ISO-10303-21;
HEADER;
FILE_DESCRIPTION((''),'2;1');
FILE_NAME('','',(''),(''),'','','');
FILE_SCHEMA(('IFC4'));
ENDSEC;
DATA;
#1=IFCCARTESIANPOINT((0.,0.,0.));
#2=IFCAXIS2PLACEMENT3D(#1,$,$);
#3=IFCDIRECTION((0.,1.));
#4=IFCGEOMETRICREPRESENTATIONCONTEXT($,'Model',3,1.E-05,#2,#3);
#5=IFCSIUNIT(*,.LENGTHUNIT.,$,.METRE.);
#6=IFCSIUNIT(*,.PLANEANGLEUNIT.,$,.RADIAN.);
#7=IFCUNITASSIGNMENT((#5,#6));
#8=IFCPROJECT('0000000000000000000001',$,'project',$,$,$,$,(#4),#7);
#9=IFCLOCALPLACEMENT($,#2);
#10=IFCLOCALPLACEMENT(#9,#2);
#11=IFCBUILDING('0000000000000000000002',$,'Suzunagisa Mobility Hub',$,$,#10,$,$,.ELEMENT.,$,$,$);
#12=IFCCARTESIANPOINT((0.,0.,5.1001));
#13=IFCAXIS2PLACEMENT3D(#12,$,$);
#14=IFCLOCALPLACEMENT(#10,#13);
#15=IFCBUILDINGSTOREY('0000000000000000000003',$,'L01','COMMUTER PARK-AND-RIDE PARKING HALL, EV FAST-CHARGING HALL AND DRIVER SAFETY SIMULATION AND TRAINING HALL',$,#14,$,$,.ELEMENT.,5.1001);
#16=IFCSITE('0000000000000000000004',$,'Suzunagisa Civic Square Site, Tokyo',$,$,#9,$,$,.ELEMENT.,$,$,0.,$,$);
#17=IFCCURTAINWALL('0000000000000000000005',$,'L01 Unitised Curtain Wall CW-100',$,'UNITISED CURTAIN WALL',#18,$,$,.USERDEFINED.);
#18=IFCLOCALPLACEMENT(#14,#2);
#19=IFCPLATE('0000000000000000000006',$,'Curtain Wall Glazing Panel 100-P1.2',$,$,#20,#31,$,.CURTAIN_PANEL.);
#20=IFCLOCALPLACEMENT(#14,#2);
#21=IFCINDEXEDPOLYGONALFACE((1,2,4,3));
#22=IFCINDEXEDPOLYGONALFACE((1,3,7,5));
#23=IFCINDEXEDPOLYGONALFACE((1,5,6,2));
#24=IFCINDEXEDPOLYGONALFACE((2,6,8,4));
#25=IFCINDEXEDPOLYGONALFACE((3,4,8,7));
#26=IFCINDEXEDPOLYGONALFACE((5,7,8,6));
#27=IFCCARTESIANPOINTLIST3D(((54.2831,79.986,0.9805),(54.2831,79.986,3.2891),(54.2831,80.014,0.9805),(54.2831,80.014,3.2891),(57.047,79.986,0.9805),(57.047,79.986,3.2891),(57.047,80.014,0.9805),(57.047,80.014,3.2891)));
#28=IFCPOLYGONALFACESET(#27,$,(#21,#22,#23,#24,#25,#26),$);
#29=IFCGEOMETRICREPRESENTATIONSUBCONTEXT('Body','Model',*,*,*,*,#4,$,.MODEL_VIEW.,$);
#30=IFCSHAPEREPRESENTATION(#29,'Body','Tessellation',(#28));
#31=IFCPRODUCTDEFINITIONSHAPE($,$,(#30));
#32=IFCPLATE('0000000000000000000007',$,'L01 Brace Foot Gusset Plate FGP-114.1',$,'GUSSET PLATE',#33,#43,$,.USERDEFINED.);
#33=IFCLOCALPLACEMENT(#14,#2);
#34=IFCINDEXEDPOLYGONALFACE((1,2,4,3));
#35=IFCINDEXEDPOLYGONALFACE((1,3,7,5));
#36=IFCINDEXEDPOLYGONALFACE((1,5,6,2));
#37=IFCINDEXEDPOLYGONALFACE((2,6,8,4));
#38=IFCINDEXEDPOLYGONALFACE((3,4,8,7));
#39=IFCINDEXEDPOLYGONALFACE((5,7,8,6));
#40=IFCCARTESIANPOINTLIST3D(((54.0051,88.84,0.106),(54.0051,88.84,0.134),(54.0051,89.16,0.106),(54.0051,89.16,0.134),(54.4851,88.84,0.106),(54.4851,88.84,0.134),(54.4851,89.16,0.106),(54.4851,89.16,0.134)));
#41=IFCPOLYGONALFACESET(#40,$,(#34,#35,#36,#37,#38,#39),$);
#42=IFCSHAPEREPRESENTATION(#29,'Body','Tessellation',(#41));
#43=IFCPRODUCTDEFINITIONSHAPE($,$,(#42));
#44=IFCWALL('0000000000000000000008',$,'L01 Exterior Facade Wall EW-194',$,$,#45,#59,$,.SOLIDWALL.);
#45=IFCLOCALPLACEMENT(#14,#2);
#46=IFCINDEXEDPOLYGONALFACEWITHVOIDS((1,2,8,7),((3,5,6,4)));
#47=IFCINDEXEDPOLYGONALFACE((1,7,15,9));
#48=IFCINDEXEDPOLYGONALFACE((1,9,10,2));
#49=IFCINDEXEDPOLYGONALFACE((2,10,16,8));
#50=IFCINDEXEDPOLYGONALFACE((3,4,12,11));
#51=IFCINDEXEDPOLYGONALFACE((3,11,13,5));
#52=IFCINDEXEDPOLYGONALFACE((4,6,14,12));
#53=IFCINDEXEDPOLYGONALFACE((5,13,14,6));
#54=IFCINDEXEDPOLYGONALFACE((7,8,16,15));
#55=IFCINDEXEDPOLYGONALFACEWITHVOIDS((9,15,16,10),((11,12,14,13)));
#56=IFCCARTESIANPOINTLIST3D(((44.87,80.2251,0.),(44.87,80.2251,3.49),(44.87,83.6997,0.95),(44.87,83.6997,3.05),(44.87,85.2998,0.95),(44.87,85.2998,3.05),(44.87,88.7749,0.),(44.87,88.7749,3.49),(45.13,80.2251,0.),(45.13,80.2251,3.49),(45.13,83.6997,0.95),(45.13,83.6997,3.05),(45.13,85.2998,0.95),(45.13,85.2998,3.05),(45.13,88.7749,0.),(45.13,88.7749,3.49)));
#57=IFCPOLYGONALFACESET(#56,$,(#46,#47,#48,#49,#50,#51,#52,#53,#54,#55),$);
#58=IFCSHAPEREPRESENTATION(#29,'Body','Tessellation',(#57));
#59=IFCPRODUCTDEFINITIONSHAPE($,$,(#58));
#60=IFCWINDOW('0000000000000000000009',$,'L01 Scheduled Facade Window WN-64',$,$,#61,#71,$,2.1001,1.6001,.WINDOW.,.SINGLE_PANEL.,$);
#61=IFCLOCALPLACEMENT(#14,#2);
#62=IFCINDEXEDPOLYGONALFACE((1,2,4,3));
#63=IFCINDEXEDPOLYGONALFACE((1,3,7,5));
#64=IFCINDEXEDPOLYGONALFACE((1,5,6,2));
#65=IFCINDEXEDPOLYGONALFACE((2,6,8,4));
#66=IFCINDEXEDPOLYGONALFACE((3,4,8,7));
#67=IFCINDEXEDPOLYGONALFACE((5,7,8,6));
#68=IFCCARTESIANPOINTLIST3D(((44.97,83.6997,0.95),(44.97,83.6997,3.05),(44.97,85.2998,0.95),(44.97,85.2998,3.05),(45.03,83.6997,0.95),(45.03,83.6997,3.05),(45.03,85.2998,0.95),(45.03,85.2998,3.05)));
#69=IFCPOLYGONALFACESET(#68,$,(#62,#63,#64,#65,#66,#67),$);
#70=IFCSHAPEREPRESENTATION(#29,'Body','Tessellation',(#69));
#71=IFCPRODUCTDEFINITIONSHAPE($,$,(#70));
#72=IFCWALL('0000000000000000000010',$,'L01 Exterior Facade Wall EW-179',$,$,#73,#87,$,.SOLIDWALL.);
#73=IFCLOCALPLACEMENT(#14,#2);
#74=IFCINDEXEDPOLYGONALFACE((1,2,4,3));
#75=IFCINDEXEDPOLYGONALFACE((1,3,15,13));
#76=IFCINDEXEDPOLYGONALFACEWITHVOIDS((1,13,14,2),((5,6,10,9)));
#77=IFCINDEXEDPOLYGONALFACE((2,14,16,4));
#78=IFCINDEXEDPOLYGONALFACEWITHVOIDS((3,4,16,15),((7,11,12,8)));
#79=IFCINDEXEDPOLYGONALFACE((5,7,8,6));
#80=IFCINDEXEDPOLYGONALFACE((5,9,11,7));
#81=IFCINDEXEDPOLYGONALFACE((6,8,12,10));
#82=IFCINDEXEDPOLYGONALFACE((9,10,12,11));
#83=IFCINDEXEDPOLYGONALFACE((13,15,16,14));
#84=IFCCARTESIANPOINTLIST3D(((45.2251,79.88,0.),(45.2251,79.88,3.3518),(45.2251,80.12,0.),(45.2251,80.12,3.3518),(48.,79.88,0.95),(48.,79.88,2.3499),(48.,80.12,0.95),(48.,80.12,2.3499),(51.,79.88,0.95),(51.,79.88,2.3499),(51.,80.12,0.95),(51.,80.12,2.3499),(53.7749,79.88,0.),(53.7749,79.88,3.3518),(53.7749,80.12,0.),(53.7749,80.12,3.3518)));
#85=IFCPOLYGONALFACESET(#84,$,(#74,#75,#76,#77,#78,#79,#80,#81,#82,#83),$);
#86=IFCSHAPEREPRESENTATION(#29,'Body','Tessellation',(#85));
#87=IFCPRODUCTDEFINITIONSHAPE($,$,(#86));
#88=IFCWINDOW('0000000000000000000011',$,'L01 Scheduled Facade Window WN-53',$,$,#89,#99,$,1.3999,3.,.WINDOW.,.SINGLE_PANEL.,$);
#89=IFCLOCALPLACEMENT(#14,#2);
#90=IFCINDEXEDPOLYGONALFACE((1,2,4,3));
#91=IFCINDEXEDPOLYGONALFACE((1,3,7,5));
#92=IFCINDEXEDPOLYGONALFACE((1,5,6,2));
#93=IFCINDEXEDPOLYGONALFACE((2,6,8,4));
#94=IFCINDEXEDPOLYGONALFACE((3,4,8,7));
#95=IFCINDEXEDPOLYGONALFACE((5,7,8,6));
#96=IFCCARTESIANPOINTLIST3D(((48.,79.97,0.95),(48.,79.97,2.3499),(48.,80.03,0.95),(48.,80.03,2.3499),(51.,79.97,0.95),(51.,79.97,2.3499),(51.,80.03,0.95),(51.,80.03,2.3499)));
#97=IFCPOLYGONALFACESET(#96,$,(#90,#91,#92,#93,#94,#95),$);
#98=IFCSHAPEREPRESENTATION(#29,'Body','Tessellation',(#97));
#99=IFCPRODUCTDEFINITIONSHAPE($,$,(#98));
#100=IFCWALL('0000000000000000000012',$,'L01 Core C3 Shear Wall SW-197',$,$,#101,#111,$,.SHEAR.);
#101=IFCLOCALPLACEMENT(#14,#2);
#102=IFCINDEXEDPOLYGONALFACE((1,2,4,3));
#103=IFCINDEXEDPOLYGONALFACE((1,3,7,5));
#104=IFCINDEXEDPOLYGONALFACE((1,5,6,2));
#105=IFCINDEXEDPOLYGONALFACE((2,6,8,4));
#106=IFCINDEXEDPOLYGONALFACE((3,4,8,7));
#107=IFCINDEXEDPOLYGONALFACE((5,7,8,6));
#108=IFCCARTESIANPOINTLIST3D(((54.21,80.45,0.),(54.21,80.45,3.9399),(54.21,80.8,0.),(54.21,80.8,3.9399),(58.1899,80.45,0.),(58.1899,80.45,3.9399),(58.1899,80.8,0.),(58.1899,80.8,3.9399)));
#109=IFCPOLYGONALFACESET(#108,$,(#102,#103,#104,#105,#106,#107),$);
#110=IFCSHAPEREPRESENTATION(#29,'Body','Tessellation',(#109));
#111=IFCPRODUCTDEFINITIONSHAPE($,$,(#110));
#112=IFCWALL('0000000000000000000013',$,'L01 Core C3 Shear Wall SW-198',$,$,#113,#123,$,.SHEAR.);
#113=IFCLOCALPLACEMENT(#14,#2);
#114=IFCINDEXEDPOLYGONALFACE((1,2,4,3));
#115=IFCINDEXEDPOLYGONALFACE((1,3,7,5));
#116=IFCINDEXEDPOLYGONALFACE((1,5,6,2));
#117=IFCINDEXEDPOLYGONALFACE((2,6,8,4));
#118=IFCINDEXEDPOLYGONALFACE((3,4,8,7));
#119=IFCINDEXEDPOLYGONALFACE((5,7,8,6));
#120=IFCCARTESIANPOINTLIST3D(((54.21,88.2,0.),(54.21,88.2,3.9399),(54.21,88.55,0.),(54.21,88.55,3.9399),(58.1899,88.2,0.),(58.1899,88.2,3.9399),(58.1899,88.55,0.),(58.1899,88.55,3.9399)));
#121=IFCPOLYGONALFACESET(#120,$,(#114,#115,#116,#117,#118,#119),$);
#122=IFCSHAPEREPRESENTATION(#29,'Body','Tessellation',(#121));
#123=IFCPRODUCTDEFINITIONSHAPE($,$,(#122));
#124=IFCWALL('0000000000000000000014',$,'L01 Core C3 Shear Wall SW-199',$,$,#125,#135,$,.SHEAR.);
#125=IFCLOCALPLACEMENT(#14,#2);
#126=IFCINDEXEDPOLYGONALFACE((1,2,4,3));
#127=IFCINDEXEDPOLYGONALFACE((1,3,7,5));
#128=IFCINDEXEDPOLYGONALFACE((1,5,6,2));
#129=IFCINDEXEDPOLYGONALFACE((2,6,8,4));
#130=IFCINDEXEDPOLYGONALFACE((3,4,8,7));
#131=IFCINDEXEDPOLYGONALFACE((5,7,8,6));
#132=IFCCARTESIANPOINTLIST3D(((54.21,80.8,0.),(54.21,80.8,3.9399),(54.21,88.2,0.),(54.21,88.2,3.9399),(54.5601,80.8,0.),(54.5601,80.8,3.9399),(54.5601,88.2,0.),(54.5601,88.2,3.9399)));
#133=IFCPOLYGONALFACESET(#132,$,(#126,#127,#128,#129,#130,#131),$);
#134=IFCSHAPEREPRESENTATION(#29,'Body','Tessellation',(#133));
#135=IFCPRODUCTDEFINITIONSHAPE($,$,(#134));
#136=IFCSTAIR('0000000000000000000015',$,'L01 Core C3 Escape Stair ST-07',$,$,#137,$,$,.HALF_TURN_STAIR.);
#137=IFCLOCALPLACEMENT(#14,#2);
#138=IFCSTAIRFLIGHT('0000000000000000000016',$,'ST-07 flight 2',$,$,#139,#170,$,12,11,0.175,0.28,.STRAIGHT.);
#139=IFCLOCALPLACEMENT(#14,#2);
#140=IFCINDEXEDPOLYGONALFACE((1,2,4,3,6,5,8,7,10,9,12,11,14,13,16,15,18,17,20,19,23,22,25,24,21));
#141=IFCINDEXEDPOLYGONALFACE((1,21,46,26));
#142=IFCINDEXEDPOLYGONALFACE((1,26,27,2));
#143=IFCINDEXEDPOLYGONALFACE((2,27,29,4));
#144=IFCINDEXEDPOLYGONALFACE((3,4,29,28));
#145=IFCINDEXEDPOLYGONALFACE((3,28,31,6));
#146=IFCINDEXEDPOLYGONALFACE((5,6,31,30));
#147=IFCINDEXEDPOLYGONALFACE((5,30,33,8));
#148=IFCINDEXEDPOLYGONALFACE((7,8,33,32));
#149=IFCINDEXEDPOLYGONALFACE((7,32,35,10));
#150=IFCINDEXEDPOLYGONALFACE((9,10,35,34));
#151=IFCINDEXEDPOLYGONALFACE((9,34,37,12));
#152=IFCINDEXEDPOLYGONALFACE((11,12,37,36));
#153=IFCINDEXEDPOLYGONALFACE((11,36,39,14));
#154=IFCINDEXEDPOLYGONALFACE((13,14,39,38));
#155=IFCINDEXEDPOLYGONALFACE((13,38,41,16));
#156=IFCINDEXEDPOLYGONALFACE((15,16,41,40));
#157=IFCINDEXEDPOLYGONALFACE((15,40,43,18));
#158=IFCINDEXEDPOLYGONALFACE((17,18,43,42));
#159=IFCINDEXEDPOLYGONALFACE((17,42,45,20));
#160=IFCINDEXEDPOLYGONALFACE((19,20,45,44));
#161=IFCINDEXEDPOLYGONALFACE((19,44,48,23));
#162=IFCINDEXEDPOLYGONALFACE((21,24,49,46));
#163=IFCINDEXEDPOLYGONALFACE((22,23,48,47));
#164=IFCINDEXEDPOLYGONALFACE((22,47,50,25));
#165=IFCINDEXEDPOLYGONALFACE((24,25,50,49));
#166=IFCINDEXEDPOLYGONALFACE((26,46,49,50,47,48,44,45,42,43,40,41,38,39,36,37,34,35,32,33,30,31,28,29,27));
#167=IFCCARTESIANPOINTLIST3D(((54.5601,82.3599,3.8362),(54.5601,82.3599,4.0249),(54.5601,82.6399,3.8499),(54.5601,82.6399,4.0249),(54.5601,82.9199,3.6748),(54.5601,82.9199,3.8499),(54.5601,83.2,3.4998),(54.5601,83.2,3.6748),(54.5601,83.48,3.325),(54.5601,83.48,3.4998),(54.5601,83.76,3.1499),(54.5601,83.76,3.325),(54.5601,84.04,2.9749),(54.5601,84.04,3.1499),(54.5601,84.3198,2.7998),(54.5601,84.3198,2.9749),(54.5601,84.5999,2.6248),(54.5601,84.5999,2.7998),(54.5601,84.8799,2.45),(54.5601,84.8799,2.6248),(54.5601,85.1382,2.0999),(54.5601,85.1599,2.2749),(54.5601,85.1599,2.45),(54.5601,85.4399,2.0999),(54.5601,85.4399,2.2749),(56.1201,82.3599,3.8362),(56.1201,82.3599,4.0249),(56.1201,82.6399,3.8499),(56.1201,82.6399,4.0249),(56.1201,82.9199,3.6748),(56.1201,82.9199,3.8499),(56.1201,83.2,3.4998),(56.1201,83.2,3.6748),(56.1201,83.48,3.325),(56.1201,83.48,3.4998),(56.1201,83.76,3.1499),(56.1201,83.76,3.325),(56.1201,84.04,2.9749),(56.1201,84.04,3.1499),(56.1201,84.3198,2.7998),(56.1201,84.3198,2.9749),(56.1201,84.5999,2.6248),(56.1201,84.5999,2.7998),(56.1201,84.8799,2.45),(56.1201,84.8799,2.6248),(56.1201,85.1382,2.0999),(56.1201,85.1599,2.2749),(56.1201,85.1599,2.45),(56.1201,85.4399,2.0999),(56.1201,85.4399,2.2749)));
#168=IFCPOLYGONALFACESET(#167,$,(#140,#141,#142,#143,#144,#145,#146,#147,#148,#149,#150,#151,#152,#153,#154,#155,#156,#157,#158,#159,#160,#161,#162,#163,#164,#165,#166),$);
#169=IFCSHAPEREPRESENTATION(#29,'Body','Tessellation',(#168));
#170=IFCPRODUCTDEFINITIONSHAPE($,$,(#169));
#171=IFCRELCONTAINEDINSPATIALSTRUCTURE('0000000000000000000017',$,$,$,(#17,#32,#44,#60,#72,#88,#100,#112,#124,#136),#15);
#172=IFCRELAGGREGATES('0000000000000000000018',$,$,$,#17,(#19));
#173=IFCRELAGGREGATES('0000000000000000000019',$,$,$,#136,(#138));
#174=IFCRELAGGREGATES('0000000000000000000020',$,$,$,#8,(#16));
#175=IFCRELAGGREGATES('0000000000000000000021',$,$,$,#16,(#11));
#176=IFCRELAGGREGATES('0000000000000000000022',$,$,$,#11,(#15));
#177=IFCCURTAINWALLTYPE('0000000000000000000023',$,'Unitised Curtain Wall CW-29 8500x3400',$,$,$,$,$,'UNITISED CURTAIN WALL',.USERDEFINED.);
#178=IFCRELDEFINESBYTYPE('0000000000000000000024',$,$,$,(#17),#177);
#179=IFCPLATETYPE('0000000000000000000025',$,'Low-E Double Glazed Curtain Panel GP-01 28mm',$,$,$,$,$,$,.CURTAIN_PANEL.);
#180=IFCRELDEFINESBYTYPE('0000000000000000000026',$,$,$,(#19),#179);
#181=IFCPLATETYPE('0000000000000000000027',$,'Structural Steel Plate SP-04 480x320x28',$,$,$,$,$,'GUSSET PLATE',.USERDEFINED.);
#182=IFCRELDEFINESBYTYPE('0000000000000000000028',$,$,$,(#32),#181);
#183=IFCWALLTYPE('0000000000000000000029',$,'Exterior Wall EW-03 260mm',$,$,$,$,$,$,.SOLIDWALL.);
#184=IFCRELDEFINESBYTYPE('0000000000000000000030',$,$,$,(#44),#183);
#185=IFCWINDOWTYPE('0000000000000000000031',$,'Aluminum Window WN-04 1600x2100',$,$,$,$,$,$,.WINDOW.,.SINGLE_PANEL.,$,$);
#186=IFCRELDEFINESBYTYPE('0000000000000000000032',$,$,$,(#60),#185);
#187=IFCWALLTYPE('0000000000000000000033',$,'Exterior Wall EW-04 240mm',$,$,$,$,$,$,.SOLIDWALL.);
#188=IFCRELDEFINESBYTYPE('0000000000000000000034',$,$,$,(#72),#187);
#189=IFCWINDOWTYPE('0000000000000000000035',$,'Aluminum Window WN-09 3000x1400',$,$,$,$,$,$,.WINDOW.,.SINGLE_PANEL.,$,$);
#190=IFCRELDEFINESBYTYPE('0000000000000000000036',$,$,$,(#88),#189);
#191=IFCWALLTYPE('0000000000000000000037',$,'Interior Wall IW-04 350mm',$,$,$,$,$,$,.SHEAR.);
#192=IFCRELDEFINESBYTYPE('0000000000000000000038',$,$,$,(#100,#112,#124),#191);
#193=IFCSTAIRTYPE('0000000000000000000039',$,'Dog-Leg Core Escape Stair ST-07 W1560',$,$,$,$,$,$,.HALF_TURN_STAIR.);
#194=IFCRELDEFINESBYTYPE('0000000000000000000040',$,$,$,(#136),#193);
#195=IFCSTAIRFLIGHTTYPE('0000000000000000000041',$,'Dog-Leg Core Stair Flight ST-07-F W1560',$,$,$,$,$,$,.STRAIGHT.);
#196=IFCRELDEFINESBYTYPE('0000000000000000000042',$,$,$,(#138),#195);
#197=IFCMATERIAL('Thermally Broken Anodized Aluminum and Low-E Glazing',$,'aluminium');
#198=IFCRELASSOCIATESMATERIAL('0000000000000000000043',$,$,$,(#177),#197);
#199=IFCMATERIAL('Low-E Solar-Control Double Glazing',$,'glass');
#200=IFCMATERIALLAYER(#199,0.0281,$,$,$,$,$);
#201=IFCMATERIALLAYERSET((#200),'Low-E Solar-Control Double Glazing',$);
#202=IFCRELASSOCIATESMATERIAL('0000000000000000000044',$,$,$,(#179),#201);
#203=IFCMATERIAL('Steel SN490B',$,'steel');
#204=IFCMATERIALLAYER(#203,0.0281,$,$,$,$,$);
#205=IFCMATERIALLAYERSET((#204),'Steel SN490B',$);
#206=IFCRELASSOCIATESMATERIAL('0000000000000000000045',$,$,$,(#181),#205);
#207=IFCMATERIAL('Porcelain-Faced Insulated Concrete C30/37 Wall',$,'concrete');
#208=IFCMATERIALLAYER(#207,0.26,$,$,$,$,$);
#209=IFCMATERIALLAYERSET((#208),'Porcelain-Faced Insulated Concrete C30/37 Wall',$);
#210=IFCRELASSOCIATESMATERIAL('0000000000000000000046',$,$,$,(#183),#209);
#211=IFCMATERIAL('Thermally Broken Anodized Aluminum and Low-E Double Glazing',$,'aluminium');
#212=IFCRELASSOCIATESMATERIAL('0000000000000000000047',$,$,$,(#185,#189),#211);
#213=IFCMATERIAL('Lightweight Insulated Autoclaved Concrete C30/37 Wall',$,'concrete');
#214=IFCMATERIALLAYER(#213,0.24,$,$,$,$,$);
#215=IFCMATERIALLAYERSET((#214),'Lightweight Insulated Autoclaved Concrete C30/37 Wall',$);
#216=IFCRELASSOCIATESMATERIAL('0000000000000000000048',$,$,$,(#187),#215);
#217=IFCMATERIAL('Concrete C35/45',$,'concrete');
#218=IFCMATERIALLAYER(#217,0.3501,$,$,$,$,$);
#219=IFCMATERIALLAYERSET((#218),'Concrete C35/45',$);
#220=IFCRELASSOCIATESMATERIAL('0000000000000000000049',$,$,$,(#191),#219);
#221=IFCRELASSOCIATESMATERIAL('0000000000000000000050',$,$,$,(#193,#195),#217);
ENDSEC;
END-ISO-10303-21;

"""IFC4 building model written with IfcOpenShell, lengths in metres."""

from ifc_helpers import new_model, si_unit, direction, frame, frame_2d, origin, origin_2d, place, context, subcontext, project, spatial, polyline, rectangle, outline, extrude, material, layer, layer_set, type_object, element, fill, aggregate, save


model = new_model("IFC4")

# Units and contexts
model_context = context("Model", 3, precision=1e-05, world=origin(), true_north=direction((0.0, 1.0)))
body_context = subcontext(model_context, "Body", "Model", "MODEL_VIEW")
ifc_project = project(units=[si_unit("LENGTHUNIT", "METRE"), si_unit("PLANEANGLEUNIT", "RADIAN")], contexts=[model_context])

# Site, building, storey
site_placement = place(None, origin())
site = spatial("IfcSite", under=ifc_project, at=site_placement, Name="Suzunagisa Civic Square Site, Tokyo", CompositionType="ELEMENT", RefElevation=0.0)
building_placement = place(site_placement, origin())
building = spatial("IfcBuilding", under=site, at=building_placement, Name="Suzunagisa Mobility Hub", CompositionType="ELEMENT")
storey_placement = place(building_placement, frame((0.0, 0.0, 5.1001)))
storey = spatial("IfcBuildingStorey", under=building, at=storey_placement, Name="L01", Description="COMMUTER PARK-AND-RIDE PARKING HALL, EV FAST-CHARGING HALL AND DRIVER SAFETY SIMULATION AND TRAINING HALL", CompositionType="ELEMENT", Elevation=5.1001)

# Shared definitions
ifc_material_1 = material(Name="Steel SN490B", Category="steel")

# Curtain wall
ifc_material_2 = material(Name="Thermally Broken Anodized Aluminum and Low-E Glazing", Category="aluminium")
curtain_wall_type = type_object("IfcCurtainWallType", Name="Unitised Curtain Wall CW-29 8500x3400", ElementType="UNITISED CURTAIN WALL", PredefinedType="USERDEFINED", material=ifc_material_2)
curtain_wall_placement = place(storey_placement, origin())
curtain_wall = element("IfcCurtainWall", 1, at=curtain_wall_placement, inside=storey, type_object=curtain_wall_type, Name="L01 Unitised Curtain Wall CW-100", ObjectType="UNITISED CURTAIN WALL", PredefinedType="USERDEFINED")

# Plates
ifc_material_3 = material(Name="Low-E Solar-Control Double Glazing", Category="glass")
ifc_layer_1 = layer(ifc_material_3, 0.0281)
ifc_layer_set_1 = layer_set([ifc_layer_1], Name="Low-E Solar-Control Double Glazing")
plate_type_1 = type_object("IfcPlateType", Name="Low-E Double Glazed Curtain Panel GP-01 28mm", PredefinedType="CURTAIN_PANEL", material=ifc_layer_set_1)
plate_1_placement = place(storey_placement, frame((55.665, 80.0, 0.9805), z_axis=(0.0, 0.0, 1.0), x_axis=(1.0, 0.0, 0.0)))
plate_1 = element("IfcPlate", 2, at=plate_1_placement, type_object=plate_type_1, Name="Curtain Wall Glazing Panel 100-P1.2", PredefinedType="CURTAIN_PANEL", context=body_context, shape_type="SweptSolid", body=[
    extrude(rectangle(XDim=2.7639, YDim=0.0281, at=origin_2d()), origin(), (0.0, 0.0, 1.0), 2.3086),
])
aggregate(curtain_wall, [plate_1])
ifc_layer_2 = layer(ifc_material_1, 0.0281)
ifc_layer_set_2 = layer_set([ifc_layer_2], Name="Steel SN490B")
plate_type_2 = type_object("IfcPlateType", Name="Structural Steel Plate SP-04 480x320x28", ElementType="GUSSET PLATE", PredefinedType="USERDEFINED", material=ifc_layer_set_2)
plate_2_placement = place(storey_placement, frame((54.2451, 89.0, 0.106), z_axis=(0.0, 0.0, 1.0), x_axis=(1.0, 0.0, 0.0)))
element("IfcPlate", 3, at=plate_2_placement, inside=storey, type_object=plate_type_2, Name="L01 Brace Foot Gusset Plate FGP-114.1", ObjectType="GUSSET PLATE", PredefinedType="USERDEFINED", context=body_context, shape_type="SweptSolid", body=[
    extrude(rectangle(XDim=0.48, YDim=0.3201, at=origin_2d()), origin(), (0.0, 0.0, 1.0), 0.0281),
])

# Walls, openings, windows
ifc_material_4 = material(Name="Porcelain-Faced Insulated Concrete C30/37 Wall", Category="concrete")
ifc_layer_3 = layer(ifc_material_4, 0.26)
ifc_layer_set_3 = layer_set([ifc_layer_3], Name="Porcelain-Faced Insulated Concrete C30/37 Wall")
wall_type_1 = type_object("IfcWallType", Name="Exterior Wall EW-03 260mm", PredefinedType="SOLIDWALL", material=ifc_layer_set_3)
wall_1_placement = place(storey_placement, frame((45.0, 88.7749, 0.0), z_axis=(0.0, 0.0, 1.0), x_axis=(0.0, -1.0, 0.0)))
wall_1 = element("IfcWall", 4, at=wall_1_placement, inside=storey, type_object=wall_type_1, Name="L01 Exterior Facade Wall EW-194", PredefinedType="SOLIDWALL", context=body_context, shape_type="SweptSolid", body=[
    extrude(rectangle(XDim=8.5498, YDim=0.26, at=frame_2d((4.2749, 0.0))), origin(), (0.0, 0.0, 1.0), 3.49),
])
opening_1_placement = place(wall_1_placement, frame((3.4751, 0.0, 0.95)))
opening_1 = element("IfcOpeningElement", 5, at=opening_1_placement, cuts=wall_1, PredefinedType="OPENING", context=body_context, shape_type="SweptSolid", body=[
    extrude(rectangle(XDim=1.6001, YDim=2.1001, at=frame_2d((0.8, 1.05))), frame((0.0, 0.1411, 0.0), z_axis=(0.0, -1.0, 0.0), x_axis=(1.0, 0.0, 0.0)), (0.0, 0.0, 1.0), 0.282),
])
ifc_material_5 = material(Name="Thermally Broken Anodized Aluminum and Low-E Double Glazing", Category="aluminium")
window_type_1 = type_object("IfcWindowType", Name="Aluminum Window WN-04 1600x2100", PartitioningType="SINGLE_PANEL", PredefinedType="WINDOW", material=ifc_material_5)
window_1_placement = place(opening_1_placement, origin())
window_1 = element("IfcWindow", 6, at=window_1_placement, inside=storey, type_object=window_type_1, Name="L01 Scheduled Facade Window WN-64", OverallHeight=2.1001, OverallWidth=1.6001, PartitioningType="SINGLE_PANEL", PredefinedType="WINDOW", context=body_context, shape_type="SweptSolid", body=[
    extrude(rectangle(XDim=1.6001, YDim=2.1001, at=frame_2d((0.8, 1.05))), frame((0.0, 0.03, 0.0), z_axis=(0.0, -1.0, 0.0), x_axis=(1.0, 0.0, 0.0)), (0.0, 0.0, 1.0), 0.0601),
])
fill(opening_1, window_1)
ifc_material_6 = material(Name="Lightweight Insulated Autoclaved Concrete C30/37 Wall", Category="concrete")
ifc_layer_4 = layer(ifc_material_6, 0.24)
ifc_layer_set_4 = layer_set([ifc_layer_4], Name="Lightweight Insulated Autoclaved Concrete C30/37 Wall")
wall_type_2 = type_object("IfcWallType", Name="Exterior Wall EW-04 240mm", PredefinedType="SOLIDWALL", material=ifc_layer_set_4)
wall_2_placement = place(storey_placement, frame((45.2251, 80.0, 0.0), z_axis=(0.0, 0.0, 1.0), x_axis=(1.0, 0.0, 0.0)))
wall_2 = element("IfcWall", 7, at=wall_2_placement, inside=storey, type_object=wall_type_2, Name="L01 Exterior Facade Wall EW-179", PredefinedType="SOLIDWALL", context=body_context, shape_type="SweptSolid", body=[
    extrude(rectangle(XDim=8.5498, YDim=0.24, at=frame_2d((4.2749, 0.0))), origin(), (0.0, 0.0, 1.0), 3.3518),
])
opening_2_placement = place(wall_2_placement, frame((2.7749, 0.0, 0.95)))
opening_2 = element("IfcOpeningElement", 8, at=opening_2_placement, cuts=wall_2, PredefinedType="OPENING", context=body_context, shape_type="SweptSolid", body=[
    extrude(rectangle(XDim=3.0, YDim=1.3999, at=frame_2d((1.5, 0.7))), frame((0.0, 0.1309, 0.0), z_axis=(0.0, -1.0, 0.0), x_axis=(1.0, 0.0, 0.0)), (0.0, 0.0, 1.0), 0.262),
])
window_type_2 = type_object("IfcWindowType", Name="Aluminum Window WN-09 3000x1400", PartitioningType="SINGLE_PANEL", PredefinedType="WINDOW", material=ifc_material_5)
window_2_placement = place(opening_2_placement, origin())
window_2 = element("IfcWindow", 9, at=window_2_placement, inside=storey, type_object=window_type_2, Name="L01 Scheduled Facade Window WN-53", OverallHeight=1.3999, OverallWidth=3.0, PartitioningType="SINGLE_PANEL", PredefinedType="WINDOW", context=body_context, shape_type="SweptSolid", body=[
    extrude(rectangle(XDim=3.0, YDim=1.3999, at=frame_2d((1.5, 0.7))), frame((0.0, 0.03, 0.0), z_axis=(0.0, -1.0, 0.0), x_axis=(1.0, 0.0, 0.0)), (0.0, 0.0, 1.0), 0.0601),
])
fill(opening_2, window_2)

# Walls
ifc_material_7 = material(Name="Concrete C35/45", Category="concrete")
ifc_layer_5 = layer(ifc_material_7, 0.3501)
ifc_layer_set_5 = layer_set([ifc_layer_5], Name="Concrete C35/45")
wall_type_3 = type_object("IfcWallType", Name="Interior Wall IW-04 350mm", PredefinedType="SHEAR", material=ifc_layer_set_5)
for number, where, z_axis, x_axis, name in (
    (10, (54.21, 80.625, 0.0), (0.0, 0.0, 1.0), (1.0, 0.0, 0.0), "L01 Core C3 Shear Wall SW-197"),
    (11, (54.21, 88.375, 0.0), (0.0, 0.0, 1.0), (1.0, 0.0, 0.0), "L01 Core C3 Shear Wall SW-198"),
):
    element("IfcWall", number, at=place(storey_placement, frame(where, z_axis=z_axis, x_axis=x_axis)), inside=storey, type_object=wall_type_3, Name=name, PredefinedType="SHEAR", context=body_context, shape_type="SweptSolid", body=[
        extrude(rectangle(XDim=3.98, YDim=0.3501, at=frame_2d((1.99, 0.0))), origin(), (0.0, 0.0, 1.0), 3.9399),
    ])
wall_3_placement = place(storey_placement, frame((54.385, 80.8, 0.0), z_axis=(0.0, 0.0, 1.0), x_axis=(0.0, 1.0, 0.0)))
element("IfcWall", 12, at=wall_3_placement, inside=storey, type_object=wall_type_3, Name="L01 Core C3 Shear Wall SW-199", PredefinedType="SHEAR", context=body_context, shape_type="SweptSolid", body=[
    extrude(rectangle(XDim=7.3999, YDim=0.3501, at=frame_2d((3.7, 0.0))), origin(), (0.0, 0.0, 1.0), 3.9399),
])

# Stair, stair flight
stair_type = type_object("IfcStairType", Name="Dog-Leg Core Escape Stair ST-07 W1560", PredefinedType="HALF_TURN_STAIR", material=ifc_material_7)
stair_placement = place(storey_placement, origin())
stair = element("IfcStair", 13, at=stair_placement, inside=storey, type_object=stair_type, Name="L01 Core C3 Escape Stair ST-07", PredefinedType="HALF_TURN_STAIR")
stair_flight_type = type_object("IfcStairFlightType", Name="Dog-Leg Core Stair Flight ST-07-F W1560", PredefinedType="STRAIGHT", material=ifc_material_7)
stair_flight_placement = place(storey_placement, frame((55.3401, 85.4399, 2.0999), z_axis=(0.0, 0.0, 1.0), x_axis=(0.0, -1.0, 0.0)))
stair_flight = element("IfcStairFlight", 14, at=stair_flight_placement, type_object=stair_flight_type, Name="ST-07 flight 2", NumberOfRisers=12, NumberOfTreads=11, PredefinedType="STRAIGHT", RiserHeight=0.175, TreadLength=0.28, context=body_context, shape_type="SweptSolid", body=[
    extrude(outline(polyline([(0.0, 0.0), (0.0, 0.175), (0.28, 0.175), (0.28, 0.3501), (0.5601, 0.3501), (0.5601, 0.5249), (0.8401, 0.5249), (0.8401, 0.7), (1.1201, 0.7), (1.1201, 0.875), (1.3999, 0.875), (1.3999, 1.05), (1.6799, 1.05), (1.6799, 1.2251), (1.96, 1.2251), (1.96, 1.3999), (2.24, 1.3999), (2.24, 1.575), (2.52, 1.575), (2.52, 1.75), (2.8, 1.75), (2.8, 1.925), (3.0801, 1.925), (3.0801, 2.1001), (3.0801, 1.7363), (0.3018, 0.0), (0.0, 0.0)])), frame((0.0, 0.78, 0.0), z_axis=(0.0, -1.0, 0.0), x_axis=(1.0, 0.0, 0.0)), (0.0, 0.0, 1.0), 1.5601),
])
aggregate(stair, [stair_flight])

save(model, "model.ifc")
